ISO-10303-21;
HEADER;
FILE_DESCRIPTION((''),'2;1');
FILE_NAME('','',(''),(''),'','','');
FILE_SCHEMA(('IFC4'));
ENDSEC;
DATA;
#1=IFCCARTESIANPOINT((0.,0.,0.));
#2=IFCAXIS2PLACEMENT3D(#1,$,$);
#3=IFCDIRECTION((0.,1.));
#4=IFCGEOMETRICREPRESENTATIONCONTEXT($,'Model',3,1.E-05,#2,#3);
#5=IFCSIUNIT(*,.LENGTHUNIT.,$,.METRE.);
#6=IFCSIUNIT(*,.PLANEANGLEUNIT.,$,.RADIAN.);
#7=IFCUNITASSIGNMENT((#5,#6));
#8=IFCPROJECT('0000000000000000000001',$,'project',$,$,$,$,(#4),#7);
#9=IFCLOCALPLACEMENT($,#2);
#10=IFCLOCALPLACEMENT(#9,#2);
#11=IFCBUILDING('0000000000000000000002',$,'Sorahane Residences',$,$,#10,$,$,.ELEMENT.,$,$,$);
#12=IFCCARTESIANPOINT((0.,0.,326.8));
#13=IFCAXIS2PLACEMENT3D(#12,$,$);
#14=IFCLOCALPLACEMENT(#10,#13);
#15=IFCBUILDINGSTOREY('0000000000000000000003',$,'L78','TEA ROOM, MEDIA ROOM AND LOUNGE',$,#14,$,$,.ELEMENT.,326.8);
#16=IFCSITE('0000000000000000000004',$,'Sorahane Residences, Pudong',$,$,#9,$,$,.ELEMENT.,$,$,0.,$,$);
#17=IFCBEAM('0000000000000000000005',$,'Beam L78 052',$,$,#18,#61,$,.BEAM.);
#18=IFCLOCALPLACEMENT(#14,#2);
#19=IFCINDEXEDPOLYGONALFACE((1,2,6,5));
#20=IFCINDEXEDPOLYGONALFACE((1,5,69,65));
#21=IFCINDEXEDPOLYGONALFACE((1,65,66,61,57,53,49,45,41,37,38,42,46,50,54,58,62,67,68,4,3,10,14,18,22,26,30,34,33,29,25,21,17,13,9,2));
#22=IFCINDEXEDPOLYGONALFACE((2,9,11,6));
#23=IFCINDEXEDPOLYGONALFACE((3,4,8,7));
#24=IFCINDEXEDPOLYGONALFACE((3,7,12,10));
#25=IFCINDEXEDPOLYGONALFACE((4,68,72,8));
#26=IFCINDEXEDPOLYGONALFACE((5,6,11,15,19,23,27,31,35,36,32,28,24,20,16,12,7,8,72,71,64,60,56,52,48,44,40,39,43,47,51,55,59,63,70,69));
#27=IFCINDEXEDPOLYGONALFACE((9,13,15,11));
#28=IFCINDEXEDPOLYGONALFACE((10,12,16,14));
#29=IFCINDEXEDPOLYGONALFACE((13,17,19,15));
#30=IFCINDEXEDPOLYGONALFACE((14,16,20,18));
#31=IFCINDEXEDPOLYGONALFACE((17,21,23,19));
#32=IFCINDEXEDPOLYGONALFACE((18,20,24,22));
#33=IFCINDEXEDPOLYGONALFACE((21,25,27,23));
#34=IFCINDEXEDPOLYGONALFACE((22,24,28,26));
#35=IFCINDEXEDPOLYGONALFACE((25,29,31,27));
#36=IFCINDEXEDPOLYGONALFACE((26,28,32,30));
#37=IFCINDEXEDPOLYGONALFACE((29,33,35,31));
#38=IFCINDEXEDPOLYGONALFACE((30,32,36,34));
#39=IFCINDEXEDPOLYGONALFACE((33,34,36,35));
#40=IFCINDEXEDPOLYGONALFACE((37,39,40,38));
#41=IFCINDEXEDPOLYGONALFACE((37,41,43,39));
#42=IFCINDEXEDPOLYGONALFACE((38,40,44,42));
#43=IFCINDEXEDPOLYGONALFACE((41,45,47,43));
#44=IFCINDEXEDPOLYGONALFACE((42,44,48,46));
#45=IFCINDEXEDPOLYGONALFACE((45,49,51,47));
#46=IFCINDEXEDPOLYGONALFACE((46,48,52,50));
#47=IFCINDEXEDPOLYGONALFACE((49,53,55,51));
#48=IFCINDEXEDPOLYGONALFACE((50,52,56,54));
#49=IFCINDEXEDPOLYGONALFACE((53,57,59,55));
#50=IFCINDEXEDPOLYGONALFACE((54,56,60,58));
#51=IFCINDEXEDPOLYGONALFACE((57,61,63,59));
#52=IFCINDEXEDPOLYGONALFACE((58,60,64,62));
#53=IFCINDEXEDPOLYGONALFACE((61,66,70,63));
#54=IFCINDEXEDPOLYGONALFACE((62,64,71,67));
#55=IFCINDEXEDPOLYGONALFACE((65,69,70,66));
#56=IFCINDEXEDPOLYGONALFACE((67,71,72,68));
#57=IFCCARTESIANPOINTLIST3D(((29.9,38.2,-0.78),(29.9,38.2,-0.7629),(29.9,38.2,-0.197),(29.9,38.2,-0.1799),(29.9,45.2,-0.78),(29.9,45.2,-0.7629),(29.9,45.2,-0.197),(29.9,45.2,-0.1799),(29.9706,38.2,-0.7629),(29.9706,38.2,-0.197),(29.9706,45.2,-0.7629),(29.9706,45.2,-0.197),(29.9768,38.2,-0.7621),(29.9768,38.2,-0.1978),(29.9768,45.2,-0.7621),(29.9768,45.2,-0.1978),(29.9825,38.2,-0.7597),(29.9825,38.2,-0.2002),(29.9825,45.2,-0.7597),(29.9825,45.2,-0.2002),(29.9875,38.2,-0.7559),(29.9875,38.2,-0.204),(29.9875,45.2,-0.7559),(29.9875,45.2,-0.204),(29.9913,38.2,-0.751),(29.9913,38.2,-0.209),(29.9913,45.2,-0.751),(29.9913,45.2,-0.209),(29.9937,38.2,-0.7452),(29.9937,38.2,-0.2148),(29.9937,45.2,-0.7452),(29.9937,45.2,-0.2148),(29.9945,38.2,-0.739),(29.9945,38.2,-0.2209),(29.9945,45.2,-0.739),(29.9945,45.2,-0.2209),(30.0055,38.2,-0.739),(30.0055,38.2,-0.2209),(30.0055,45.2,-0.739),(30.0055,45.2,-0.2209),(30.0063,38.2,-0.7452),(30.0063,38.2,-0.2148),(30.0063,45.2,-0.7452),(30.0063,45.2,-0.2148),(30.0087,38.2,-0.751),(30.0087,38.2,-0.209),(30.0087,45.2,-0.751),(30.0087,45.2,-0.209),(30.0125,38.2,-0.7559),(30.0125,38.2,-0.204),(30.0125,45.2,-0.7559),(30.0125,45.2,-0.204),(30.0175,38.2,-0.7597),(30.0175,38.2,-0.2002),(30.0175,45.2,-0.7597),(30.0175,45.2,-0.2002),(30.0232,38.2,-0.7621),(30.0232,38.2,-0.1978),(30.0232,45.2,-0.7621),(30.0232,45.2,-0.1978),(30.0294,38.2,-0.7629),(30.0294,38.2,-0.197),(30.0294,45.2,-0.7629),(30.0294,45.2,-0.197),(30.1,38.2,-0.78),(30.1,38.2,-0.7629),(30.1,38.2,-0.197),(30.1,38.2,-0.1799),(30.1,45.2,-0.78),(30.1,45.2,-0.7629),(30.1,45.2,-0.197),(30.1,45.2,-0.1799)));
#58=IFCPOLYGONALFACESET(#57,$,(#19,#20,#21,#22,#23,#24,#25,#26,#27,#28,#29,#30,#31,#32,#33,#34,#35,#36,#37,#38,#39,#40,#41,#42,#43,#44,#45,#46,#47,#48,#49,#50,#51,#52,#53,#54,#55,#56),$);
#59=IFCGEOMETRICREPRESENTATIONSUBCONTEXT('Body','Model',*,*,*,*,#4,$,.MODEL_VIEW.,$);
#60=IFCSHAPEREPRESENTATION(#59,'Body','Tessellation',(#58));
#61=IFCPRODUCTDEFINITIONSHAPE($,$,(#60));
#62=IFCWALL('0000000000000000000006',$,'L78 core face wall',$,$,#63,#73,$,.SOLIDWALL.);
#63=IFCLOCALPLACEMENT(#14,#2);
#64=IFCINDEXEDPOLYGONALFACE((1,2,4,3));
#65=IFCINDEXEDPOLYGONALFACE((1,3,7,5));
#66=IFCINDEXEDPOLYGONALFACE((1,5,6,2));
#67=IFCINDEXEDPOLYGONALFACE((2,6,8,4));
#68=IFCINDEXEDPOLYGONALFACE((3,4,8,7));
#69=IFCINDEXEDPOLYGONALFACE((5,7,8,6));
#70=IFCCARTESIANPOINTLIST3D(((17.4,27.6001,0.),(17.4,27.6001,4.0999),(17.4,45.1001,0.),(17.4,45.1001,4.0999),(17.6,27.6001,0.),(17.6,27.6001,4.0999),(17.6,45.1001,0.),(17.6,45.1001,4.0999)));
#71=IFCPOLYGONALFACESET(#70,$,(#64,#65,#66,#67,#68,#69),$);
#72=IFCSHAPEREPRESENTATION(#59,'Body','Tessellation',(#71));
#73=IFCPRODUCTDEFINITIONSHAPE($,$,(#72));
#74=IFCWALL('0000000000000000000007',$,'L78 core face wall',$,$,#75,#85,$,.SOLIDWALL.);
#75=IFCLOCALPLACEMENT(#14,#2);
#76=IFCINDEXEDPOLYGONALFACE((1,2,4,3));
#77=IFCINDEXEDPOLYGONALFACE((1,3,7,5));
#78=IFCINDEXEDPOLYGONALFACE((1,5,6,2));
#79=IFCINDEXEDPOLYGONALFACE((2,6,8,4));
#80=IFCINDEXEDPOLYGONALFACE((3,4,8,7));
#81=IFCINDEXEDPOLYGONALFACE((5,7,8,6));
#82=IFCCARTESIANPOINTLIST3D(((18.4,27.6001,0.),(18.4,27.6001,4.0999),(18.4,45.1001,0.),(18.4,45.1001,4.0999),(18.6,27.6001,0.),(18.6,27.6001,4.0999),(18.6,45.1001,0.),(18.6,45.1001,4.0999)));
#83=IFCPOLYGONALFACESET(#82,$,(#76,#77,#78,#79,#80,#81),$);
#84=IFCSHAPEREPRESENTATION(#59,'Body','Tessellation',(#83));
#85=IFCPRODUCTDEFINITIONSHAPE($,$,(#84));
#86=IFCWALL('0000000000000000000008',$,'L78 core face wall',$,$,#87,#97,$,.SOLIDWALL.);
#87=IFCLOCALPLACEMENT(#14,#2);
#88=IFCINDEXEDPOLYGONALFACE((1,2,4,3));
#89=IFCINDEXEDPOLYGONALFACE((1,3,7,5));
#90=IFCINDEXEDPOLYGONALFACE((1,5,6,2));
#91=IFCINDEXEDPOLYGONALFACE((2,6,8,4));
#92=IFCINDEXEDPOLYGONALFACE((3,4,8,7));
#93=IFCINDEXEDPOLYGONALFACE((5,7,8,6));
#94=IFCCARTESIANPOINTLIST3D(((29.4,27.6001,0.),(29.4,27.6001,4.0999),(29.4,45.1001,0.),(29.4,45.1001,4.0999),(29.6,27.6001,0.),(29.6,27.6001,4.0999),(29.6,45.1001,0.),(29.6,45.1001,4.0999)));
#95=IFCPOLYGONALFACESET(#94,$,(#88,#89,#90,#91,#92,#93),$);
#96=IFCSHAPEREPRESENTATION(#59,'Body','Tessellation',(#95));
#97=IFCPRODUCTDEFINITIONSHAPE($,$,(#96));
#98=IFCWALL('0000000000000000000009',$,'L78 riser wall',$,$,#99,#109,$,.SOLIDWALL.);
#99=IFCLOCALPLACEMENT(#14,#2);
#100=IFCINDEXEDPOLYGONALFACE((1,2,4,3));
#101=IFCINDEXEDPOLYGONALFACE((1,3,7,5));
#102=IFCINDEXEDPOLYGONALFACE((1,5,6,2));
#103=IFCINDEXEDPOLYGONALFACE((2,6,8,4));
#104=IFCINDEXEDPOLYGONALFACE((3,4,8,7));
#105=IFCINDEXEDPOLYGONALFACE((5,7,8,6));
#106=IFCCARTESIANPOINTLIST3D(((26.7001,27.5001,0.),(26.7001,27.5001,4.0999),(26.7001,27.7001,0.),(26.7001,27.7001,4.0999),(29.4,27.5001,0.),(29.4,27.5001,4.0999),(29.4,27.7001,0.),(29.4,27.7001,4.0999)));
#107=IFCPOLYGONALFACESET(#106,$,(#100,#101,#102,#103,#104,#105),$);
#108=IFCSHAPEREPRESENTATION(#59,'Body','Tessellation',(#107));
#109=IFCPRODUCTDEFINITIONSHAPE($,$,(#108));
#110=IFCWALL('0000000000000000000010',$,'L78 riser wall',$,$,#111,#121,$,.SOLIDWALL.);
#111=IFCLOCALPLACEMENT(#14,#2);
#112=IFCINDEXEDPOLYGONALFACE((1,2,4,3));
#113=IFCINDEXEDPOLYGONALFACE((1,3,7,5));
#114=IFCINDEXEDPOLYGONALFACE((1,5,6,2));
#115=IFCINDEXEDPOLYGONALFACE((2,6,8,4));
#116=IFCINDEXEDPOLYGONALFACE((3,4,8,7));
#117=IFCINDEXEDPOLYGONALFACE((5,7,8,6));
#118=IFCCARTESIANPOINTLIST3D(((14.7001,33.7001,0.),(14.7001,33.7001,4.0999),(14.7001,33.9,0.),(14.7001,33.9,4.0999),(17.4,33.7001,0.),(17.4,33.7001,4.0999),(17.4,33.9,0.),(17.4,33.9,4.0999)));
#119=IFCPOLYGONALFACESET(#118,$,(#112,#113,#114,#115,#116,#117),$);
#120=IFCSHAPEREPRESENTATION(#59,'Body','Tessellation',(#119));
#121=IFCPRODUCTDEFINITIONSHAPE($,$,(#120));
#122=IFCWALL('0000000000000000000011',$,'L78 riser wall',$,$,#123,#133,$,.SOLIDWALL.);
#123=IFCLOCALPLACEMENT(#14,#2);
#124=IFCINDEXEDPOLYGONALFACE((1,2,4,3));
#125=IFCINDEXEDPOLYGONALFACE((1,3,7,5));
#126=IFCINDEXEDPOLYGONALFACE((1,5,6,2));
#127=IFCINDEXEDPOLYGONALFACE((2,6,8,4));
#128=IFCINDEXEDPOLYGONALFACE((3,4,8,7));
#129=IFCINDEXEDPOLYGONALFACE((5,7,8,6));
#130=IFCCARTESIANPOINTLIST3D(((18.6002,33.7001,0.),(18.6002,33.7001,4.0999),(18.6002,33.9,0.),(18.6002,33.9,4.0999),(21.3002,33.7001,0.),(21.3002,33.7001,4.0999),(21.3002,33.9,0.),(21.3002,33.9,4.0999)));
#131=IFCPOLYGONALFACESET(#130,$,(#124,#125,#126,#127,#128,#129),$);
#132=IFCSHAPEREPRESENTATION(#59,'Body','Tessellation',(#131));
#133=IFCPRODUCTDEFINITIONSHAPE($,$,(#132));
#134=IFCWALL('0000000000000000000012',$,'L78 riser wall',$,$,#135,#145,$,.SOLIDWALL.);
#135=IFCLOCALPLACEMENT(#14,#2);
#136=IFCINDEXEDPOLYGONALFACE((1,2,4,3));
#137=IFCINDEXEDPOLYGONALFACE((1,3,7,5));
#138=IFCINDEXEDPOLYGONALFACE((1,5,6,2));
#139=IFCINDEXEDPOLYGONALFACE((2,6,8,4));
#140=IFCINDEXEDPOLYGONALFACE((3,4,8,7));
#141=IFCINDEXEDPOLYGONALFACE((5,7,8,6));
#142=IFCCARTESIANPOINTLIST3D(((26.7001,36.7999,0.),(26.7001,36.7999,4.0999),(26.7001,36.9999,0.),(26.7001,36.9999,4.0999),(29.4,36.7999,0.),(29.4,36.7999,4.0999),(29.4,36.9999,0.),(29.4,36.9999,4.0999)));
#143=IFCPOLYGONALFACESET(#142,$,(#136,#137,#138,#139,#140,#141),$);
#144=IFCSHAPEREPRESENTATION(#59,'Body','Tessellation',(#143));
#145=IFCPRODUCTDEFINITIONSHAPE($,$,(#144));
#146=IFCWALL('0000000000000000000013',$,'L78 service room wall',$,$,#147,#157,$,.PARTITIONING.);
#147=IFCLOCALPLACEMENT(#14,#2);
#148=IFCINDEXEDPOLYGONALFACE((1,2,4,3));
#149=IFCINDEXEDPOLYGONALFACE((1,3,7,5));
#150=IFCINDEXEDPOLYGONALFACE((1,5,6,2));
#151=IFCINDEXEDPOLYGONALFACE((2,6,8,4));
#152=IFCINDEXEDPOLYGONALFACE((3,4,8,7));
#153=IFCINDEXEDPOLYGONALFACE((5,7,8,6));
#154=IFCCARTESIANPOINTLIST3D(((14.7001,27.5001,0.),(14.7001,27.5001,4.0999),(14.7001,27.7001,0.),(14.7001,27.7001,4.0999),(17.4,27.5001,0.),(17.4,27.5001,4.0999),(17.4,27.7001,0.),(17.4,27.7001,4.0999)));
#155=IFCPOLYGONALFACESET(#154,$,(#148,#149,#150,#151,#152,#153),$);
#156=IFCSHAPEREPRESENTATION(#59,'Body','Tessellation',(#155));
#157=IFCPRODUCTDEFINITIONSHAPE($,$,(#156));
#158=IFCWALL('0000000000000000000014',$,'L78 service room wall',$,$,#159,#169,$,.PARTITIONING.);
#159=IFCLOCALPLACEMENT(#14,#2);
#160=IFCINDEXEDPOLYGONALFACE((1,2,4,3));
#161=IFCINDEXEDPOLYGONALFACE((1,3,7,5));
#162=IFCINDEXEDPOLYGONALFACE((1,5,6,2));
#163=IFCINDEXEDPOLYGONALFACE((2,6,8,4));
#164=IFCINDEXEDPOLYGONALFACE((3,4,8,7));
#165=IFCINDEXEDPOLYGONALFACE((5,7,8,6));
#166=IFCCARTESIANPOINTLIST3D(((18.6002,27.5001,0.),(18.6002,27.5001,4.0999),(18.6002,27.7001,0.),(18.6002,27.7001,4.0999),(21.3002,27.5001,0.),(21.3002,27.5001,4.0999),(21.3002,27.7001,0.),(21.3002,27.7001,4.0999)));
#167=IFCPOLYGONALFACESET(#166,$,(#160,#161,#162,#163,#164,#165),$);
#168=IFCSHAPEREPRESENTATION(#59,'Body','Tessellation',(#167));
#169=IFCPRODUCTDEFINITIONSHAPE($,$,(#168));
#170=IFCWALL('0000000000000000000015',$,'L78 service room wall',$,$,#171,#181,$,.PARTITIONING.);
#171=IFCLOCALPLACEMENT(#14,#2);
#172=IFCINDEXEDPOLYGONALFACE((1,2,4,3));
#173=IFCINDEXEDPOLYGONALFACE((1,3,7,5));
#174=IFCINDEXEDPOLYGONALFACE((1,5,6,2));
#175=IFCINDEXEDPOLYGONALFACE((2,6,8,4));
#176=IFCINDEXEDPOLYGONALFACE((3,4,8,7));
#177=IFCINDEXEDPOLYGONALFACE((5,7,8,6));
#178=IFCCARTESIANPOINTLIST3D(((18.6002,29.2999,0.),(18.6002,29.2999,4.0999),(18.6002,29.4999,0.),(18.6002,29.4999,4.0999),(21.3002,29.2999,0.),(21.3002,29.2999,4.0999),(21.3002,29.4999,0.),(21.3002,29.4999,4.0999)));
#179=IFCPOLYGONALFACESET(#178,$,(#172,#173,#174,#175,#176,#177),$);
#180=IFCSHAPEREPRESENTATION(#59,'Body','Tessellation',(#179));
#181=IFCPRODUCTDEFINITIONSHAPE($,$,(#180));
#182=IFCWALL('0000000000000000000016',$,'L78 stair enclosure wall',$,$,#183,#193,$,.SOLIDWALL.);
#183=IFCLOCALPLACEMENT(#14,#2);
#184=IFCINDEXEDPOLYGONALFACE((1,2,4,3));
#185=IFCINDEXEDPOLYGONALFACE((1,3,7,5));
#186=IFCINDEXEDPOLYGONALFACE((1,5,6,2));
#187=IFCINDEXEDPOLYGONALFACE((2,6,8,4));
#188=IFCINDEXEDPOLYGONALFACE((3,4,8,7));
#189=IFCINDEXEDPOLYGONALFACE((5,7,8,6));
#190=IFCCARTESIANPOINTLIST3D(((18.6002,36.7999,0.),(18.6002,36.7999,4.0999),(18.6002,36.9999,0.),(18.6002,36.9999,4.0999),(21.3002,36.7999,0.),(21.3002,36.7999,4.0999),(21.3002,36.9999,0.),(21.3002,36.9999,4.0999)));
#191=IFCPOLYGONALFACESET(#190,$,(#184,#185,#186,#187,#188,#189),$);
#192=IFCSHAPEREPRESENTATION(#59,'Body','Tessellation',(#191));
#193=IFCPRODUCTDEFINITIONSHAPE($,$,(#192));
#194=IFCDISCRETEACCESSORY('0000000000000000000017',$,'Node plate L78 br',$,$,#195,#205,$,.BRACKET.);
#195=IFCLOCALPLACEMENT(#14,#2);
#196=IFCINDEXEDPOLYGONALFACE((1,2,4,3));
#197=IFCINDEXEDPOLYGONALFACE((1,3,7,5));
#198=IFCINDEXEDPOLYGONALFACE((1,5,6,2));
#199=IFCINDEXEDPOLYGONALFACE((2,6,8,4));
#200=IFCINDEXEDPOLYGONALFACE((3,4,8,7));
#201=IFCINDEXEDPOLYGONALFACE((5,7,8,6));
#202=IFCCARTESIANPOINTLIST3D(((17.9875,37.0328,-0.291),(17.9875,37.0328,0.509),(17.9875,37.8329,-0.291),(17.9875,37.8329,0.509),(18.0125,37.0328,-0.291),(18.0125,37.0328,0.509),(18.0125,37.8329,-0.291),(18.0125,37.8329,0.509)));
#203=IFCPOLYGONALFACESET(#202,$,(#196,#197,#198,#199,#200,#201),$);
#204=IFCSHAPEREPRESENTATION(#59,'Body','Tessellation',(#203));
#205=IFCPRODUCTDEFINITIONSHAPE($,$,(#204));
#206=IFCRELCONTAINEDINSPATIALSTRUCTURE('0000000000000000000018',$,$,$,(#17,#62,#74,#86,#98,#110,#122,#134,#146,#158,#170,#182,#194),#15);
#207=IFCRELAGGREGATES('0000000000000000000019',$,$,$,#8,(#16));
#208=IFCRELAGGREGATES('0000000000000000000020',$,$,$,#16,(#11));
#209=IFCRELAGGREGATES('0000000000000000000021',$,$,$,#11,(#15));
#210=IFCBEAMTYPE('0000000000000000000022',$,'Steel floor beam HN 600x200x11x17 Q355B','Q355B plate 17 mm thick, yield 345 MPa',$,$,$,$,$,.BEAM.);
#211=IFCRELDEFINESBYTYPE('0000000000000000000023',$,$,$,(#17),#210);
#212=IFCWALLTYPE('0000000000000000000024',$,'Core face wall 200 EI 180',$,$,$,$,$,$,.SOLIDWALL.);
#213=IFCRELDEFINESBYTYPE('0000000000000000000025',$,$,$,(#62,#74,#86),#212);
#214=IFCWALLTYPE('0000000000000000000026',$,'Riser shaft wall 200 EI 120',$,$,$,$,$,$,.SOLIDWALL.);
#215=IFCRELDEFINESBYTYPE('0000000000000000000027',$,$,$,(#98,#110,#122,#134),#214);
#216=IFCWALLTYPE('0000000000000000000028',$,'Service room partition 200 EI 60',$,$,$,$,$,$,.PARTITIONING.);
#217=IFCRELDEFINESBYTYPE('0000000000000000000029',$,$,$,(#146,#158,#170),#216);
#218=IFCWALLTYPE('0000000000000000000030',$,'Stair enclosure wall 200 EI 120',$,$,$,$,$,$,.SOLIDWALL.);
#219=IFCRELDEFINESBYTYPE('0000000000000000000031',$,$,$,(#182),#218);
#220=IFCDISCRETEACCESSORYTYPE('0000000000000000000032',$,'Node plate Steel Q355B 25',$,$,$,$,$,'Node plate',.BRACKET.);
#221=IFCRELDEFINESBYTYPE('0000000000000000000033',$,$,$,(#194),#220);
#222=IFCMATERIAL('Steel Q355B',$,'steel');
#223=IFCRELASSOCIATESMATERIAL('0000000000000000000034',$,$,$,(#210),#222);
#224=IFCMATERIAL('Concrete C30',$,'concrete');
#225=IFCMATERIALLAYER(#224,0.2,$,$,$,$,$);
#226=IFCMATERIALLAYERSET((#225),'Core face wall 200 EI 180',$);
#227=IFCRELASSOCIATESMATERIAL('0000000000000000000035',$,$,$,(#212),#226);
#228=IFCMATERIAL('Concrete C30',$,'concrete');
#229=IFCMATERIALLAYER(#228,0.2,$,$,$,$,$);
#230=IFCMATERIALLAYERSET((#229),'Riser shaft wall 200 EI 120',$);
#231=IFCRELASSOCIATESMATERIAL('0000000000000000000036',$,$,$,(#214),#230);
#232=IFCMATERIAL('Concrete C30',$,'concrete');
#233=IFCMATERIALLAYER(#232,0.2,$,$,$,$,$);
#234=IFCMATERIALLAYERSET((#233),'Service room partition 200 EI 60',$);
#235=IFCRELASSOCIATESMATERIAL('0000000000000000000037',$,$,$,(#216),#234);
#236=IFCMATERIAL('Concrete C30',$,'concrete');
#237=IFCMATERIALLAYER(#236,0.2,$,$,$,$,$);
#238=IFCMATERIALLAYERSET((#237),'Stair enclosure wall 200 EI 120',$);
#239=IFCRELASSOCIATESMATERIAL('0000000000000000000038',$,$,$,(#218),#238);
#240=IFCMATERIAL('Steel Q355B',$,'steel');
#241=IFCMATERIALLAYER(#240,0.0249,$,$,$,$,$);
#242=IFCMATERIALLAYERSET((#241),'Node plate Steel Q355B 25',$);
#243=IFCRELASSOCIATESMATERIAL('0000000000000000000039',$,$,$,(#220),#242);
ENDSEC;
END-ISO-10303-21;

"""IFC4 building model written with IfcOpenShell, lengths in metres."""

from ifc_helpers import new_model, si_unit, direction, frame, frame_2d, origin, origin_2d, place, context, subcontext, project, spatial, rectangle, i_section, extrude, material, layer, layer_set, material_profile, profile_set, type_object, element, save


model = new_model("IFC4")

# Units and contexts
model_context = context("Model", 3, precision=1e-05, world=origin(), true_north=direction((0.0, 1.0)))
body_context = subcontext(model_context, "Body", "Model", "MODEL_VIEW")
ifc_project = project(units=[si_unit("LENGTHUNIT", "METRE"), si_unit("PLANEANGLEUNIT", "RADIAN")], contexts=[model_context])

# Site, building, storey
site_placement = place(None, origin())
site = spatial("IfcSite", under=ifc_project, at=site_placement, Name="Sorahane Residences, Pudong", CompositionType="ELEMENT", RefElevation=0.0)
building_placement = place(site_placement, origin())
building = spatial("IfcBuilding", under=site, at=building_placement, Name="Sorahane Residences", CompositionType="ELEMENT")
storey_placement = place(building_placement, frame((0.0, 0.0, 326.8)))
storey = spatial("IfcBuildingStorey", under=building, at=storey_placement, Name="L78", Description="TEA ROOM, MEDIA ROOM AND LOUNGE", CompositionType="ELEMENT", Elevation=326.8)

# Beam
ifc_material_1 = material(Name="Steel Q355B", Category="steel")
ifc_material_profile_1 = material_profile(ifc_material_1, i_section(OverallWidth=0.2, OverallDepth=0.6001, WebThickness=0.011, FlangeThickness=0.0171, FilletRadius=0.0239, at=origin_2d()), Name="HN 600x200x11x17")
ifc_profile_set_1 = profile_set([ifc_material_profile_1], Name="Steel Q355B")
beam_type_1 = type_object("IfcBeamType", Name="Steel floor beam HN 600x200x11x17 Q355B", Description="Q355B plate 17 mm thick, yield 345 MPa", PredefinedType="BEAM", material=ifc_profile_set_1)
for number, where, z_axis, x_axis, name in (
    (1, (30.0, 38.2, -0.48), (0.0, 1.0, 0.0), (-1.0, 0.0, 0.0), "Beam L78 052"),
):
    element("IfcBeam", number, at=place(storey_placement, frame(where, z_axis=z_axis, x_axis=x_axis)), inside=storey, type_object=beam_type_1, Name=name, PredefinedType="BEAM", context=body_context, shape_type="SweptSolid", body=[
        extrude(i_section(OverallWidth=0.2, OverallDepth=0.6001, WebThickness=0.011, FlangeThickness=0.0171, FilletRadius=0.0239, at=origin_2d()), origin(), (0.0, 0.0, 1.0), 7.0),
    ])

# Walls
ifc_material_2 = material(Name="Concrete C30", Category="concrete")
ifc_layer_1 = layer(ifc_material_2, 0.2)
ifc_layer_set_1 = layer_set([ifc_layer_1], Name="Core face wall 200 EI 180")
wall_type_1 = type_object("IfcWallType", Name="Core face wall 200 EI 180", PredefinedType="SOLIDWALL", material=ifc_layer_set_1)
for number, where, z_axis, x_axis, name in (
    (2, (17.5, 27.6001, 0.0), (0.0, 0.0, 1.0), (0.0, 1.0, 0.0), "L78 core face wall"),
    (3, (18.5, 27.6001, 0.0), (0.0, 0.0, 1.0), (0.0, 1.0, 0.0), "L78 core face wall"),
    (4, (29.5, 27.6001, 0.0), (0.0, 0.0, 1.0), (0.0, 1.0, 0.0), "L78 core face wall"),
):
    element("IfcWall", number, at=place(storey_placement, frame(where, z_axis=z_axis, x_axis=x_axis)), inside=storey, type_object=wall_type_1, Name=name, PredefinedType="SOLIDWALL", context=body_context, shape_type="SweptSolid", body=[
        extrude(rectangle(XDim=17.5, YDim=0.2, at=frame_2d((8.75, 0.0))), origin(), (0.0, 0.0, 1.0), 4.0999),
    ])
ifc_material_3 = material(Name="Concrete C30", Category="concrete")
ifc_layer_2 = layer(ifc_material_3, 0.2)
ifc_layer_set_2 = layer_set([ifc_layer_2], Name="Riser shaft wall 200 EI 120")
wall_type_2 = type_object("IfcWallType", Name="Riser shaft wall 200 EI 120", PredefinedType="SOLIDWALL", material=ifc_layer_set_2)
for number, where, z_axis, x_axis, name in (
    (5, (26.7, 27.6001, 0.0), (0.0, 0.0, 1.0), (1.0, 0.0, 0.0), "L78 riser wall"),
    (6, (14.7, 33.8, 0.0), (0.0, 0.0, 1.0), (1.0, 0.0, 0.0), "L78 riser wall"),
    (7, (18.6001, 33.8, 0.0), (0.0, 0.0, 1.0), (1.0, 0.0, 0.0), "L78 riser wall"),
    (8, (26.7, 36.8999, 0.0), (0.0, 0.0, 1.0), (1.0, 0.0, 0.0), "L78 riser wall"),
):
    element("IfcWall", number, at=place(storey_placement, frame(where, z_axis=z_axis, x_axis=x_axis)), inside=storey, type_object=wall_type_2, Name=name, PredefinedType="SOLIDWALL", context=body_context, shape_type="SweptSolid", body=[
        extrude(rectangle(XDim=2.7, YDim=0.2, at=frame_2d((1.3501, 0.0))), origin(), (0.0, 0.0, 1.0), 4.0999),
    ])
ifc_material_4 = material(Name="Concrete C30", Category="concrete")
ifc_layer_3 = layer(ifc_material_4, 0.2)
ifc_layer_set_3 = layer_set([ifc_layer_3], Name="Service room partition 200 EI 60")
wall_type_3 = type_object("IfcWallType", Name="Service room partition 200 EI 60", PredefinedType="PARTITIONING", material=ifc_layer_set_3)
for number, where, z_axis, x_axis, name in (
    (9, (14.7, 27.6001, 0.0), (0.0, 0.0, 1.0), (1.0, 0.0, 0.0), "L78 service room wall"),
    (10, (18.6001, 27.6001, 0.0), (0.0, 0.0, 1.0), (1.0, 0.0, 0.0), "L78 service room wall"),
    (11, (18.6001, 29.3999, 0.0), (0.0, 0.0, 1.0), (1.0, 0.0, 0.0), "L78 service room wall"),
):
    element("IfcWall", number, at=place(storey_placement, frame(where, z_axis=z_axis, x_axis=x_axis)), inside=storey, type_object=wall_type_3, Name=name, PredefinedType="PARTITIONING", context=body_context, shape_type="SweptSolid", body=[
        extrude(rectangle(XDim=2.7, YDim=0.2, at=frame_2d((1.3501, 0.0))), origin(), (0.0, 0.0, 1.0), 4.0999),
    ])
ifc_material_5 = material(Name="Concrete C30", Category="concrete")
ifc_layer_4 = layer(ifc_material_5, 0.2)
ifc_layer_set_4 = layer_set([ifc_layer_4], Name="Stair enclosure wall 200 EI 120")
wall_type_4 = type_object("IfcWallType", Name="Stair enclosure wall 200 EI 120", PredefinedType="SOLIDWALL", material=ifc_layer_set_4)
wall_placement = place(storey_placement, frame((18.6001, 36.8999, 0.0), z_axis=(0.0, 0.0, 1.0), x_axis=(1.0, 0.0, 0.0)))
element("IfcWall", 12, at=wall_placement, inside=storey, type_object=wall_type_4, Name="L78 stair enclosure wall", PredefinedType="SOLIDWALL", context=body_context, shape_type="SweptSolid", body=[
    extrude(rectangle(XDim=2.7, YDim=0.2, at=frame_2d((1.3501, 0.0))), origin(), (0.0, 0.0, 1.0), 4.0999),
])

# Discrete accessory
ifc_material_6 = material(Name="Steel Q355B", Category="steel")
ifc_layer_5 = layer(ifc_material_6, 0.0249)
ifc_layer_set_5 = layer_set([ifc_layer_5], Name="Node plate Steel Q355B 25")
discrete_accessory_type = type_object("IfcDiscreteAccessoryType", Name="Node plate Steel Q355B 25", ElementType="Node plate", PredefinedType="BRACKET", material=ifc_layer_set_5)
for number, where, z_axis, x_axis, name in (
    (13, (18.0, 37.4329, -0.291), (0.0, 0.0, 1.0), (0.0, 1.0, 0.0), "Node plate L78 br"),
):
    element("IfcDiscreteAccessory", number, at=place(storey_placement, frame(where, z_axis=z_axis, x_axis=x_axis)), inside=storey, type_object=discrete_accessory_type, Name=name, PredefinedType="BRACKET", context=body_context, shape_type="SweptSolid", body=[
        extrude(rectangle(XDim=0.8, YDim=0.0249, at=origin_2d()), origin(), (0.0, 0.0, 1.0), 0.8),
    ])

save(model, "model.ifc")
